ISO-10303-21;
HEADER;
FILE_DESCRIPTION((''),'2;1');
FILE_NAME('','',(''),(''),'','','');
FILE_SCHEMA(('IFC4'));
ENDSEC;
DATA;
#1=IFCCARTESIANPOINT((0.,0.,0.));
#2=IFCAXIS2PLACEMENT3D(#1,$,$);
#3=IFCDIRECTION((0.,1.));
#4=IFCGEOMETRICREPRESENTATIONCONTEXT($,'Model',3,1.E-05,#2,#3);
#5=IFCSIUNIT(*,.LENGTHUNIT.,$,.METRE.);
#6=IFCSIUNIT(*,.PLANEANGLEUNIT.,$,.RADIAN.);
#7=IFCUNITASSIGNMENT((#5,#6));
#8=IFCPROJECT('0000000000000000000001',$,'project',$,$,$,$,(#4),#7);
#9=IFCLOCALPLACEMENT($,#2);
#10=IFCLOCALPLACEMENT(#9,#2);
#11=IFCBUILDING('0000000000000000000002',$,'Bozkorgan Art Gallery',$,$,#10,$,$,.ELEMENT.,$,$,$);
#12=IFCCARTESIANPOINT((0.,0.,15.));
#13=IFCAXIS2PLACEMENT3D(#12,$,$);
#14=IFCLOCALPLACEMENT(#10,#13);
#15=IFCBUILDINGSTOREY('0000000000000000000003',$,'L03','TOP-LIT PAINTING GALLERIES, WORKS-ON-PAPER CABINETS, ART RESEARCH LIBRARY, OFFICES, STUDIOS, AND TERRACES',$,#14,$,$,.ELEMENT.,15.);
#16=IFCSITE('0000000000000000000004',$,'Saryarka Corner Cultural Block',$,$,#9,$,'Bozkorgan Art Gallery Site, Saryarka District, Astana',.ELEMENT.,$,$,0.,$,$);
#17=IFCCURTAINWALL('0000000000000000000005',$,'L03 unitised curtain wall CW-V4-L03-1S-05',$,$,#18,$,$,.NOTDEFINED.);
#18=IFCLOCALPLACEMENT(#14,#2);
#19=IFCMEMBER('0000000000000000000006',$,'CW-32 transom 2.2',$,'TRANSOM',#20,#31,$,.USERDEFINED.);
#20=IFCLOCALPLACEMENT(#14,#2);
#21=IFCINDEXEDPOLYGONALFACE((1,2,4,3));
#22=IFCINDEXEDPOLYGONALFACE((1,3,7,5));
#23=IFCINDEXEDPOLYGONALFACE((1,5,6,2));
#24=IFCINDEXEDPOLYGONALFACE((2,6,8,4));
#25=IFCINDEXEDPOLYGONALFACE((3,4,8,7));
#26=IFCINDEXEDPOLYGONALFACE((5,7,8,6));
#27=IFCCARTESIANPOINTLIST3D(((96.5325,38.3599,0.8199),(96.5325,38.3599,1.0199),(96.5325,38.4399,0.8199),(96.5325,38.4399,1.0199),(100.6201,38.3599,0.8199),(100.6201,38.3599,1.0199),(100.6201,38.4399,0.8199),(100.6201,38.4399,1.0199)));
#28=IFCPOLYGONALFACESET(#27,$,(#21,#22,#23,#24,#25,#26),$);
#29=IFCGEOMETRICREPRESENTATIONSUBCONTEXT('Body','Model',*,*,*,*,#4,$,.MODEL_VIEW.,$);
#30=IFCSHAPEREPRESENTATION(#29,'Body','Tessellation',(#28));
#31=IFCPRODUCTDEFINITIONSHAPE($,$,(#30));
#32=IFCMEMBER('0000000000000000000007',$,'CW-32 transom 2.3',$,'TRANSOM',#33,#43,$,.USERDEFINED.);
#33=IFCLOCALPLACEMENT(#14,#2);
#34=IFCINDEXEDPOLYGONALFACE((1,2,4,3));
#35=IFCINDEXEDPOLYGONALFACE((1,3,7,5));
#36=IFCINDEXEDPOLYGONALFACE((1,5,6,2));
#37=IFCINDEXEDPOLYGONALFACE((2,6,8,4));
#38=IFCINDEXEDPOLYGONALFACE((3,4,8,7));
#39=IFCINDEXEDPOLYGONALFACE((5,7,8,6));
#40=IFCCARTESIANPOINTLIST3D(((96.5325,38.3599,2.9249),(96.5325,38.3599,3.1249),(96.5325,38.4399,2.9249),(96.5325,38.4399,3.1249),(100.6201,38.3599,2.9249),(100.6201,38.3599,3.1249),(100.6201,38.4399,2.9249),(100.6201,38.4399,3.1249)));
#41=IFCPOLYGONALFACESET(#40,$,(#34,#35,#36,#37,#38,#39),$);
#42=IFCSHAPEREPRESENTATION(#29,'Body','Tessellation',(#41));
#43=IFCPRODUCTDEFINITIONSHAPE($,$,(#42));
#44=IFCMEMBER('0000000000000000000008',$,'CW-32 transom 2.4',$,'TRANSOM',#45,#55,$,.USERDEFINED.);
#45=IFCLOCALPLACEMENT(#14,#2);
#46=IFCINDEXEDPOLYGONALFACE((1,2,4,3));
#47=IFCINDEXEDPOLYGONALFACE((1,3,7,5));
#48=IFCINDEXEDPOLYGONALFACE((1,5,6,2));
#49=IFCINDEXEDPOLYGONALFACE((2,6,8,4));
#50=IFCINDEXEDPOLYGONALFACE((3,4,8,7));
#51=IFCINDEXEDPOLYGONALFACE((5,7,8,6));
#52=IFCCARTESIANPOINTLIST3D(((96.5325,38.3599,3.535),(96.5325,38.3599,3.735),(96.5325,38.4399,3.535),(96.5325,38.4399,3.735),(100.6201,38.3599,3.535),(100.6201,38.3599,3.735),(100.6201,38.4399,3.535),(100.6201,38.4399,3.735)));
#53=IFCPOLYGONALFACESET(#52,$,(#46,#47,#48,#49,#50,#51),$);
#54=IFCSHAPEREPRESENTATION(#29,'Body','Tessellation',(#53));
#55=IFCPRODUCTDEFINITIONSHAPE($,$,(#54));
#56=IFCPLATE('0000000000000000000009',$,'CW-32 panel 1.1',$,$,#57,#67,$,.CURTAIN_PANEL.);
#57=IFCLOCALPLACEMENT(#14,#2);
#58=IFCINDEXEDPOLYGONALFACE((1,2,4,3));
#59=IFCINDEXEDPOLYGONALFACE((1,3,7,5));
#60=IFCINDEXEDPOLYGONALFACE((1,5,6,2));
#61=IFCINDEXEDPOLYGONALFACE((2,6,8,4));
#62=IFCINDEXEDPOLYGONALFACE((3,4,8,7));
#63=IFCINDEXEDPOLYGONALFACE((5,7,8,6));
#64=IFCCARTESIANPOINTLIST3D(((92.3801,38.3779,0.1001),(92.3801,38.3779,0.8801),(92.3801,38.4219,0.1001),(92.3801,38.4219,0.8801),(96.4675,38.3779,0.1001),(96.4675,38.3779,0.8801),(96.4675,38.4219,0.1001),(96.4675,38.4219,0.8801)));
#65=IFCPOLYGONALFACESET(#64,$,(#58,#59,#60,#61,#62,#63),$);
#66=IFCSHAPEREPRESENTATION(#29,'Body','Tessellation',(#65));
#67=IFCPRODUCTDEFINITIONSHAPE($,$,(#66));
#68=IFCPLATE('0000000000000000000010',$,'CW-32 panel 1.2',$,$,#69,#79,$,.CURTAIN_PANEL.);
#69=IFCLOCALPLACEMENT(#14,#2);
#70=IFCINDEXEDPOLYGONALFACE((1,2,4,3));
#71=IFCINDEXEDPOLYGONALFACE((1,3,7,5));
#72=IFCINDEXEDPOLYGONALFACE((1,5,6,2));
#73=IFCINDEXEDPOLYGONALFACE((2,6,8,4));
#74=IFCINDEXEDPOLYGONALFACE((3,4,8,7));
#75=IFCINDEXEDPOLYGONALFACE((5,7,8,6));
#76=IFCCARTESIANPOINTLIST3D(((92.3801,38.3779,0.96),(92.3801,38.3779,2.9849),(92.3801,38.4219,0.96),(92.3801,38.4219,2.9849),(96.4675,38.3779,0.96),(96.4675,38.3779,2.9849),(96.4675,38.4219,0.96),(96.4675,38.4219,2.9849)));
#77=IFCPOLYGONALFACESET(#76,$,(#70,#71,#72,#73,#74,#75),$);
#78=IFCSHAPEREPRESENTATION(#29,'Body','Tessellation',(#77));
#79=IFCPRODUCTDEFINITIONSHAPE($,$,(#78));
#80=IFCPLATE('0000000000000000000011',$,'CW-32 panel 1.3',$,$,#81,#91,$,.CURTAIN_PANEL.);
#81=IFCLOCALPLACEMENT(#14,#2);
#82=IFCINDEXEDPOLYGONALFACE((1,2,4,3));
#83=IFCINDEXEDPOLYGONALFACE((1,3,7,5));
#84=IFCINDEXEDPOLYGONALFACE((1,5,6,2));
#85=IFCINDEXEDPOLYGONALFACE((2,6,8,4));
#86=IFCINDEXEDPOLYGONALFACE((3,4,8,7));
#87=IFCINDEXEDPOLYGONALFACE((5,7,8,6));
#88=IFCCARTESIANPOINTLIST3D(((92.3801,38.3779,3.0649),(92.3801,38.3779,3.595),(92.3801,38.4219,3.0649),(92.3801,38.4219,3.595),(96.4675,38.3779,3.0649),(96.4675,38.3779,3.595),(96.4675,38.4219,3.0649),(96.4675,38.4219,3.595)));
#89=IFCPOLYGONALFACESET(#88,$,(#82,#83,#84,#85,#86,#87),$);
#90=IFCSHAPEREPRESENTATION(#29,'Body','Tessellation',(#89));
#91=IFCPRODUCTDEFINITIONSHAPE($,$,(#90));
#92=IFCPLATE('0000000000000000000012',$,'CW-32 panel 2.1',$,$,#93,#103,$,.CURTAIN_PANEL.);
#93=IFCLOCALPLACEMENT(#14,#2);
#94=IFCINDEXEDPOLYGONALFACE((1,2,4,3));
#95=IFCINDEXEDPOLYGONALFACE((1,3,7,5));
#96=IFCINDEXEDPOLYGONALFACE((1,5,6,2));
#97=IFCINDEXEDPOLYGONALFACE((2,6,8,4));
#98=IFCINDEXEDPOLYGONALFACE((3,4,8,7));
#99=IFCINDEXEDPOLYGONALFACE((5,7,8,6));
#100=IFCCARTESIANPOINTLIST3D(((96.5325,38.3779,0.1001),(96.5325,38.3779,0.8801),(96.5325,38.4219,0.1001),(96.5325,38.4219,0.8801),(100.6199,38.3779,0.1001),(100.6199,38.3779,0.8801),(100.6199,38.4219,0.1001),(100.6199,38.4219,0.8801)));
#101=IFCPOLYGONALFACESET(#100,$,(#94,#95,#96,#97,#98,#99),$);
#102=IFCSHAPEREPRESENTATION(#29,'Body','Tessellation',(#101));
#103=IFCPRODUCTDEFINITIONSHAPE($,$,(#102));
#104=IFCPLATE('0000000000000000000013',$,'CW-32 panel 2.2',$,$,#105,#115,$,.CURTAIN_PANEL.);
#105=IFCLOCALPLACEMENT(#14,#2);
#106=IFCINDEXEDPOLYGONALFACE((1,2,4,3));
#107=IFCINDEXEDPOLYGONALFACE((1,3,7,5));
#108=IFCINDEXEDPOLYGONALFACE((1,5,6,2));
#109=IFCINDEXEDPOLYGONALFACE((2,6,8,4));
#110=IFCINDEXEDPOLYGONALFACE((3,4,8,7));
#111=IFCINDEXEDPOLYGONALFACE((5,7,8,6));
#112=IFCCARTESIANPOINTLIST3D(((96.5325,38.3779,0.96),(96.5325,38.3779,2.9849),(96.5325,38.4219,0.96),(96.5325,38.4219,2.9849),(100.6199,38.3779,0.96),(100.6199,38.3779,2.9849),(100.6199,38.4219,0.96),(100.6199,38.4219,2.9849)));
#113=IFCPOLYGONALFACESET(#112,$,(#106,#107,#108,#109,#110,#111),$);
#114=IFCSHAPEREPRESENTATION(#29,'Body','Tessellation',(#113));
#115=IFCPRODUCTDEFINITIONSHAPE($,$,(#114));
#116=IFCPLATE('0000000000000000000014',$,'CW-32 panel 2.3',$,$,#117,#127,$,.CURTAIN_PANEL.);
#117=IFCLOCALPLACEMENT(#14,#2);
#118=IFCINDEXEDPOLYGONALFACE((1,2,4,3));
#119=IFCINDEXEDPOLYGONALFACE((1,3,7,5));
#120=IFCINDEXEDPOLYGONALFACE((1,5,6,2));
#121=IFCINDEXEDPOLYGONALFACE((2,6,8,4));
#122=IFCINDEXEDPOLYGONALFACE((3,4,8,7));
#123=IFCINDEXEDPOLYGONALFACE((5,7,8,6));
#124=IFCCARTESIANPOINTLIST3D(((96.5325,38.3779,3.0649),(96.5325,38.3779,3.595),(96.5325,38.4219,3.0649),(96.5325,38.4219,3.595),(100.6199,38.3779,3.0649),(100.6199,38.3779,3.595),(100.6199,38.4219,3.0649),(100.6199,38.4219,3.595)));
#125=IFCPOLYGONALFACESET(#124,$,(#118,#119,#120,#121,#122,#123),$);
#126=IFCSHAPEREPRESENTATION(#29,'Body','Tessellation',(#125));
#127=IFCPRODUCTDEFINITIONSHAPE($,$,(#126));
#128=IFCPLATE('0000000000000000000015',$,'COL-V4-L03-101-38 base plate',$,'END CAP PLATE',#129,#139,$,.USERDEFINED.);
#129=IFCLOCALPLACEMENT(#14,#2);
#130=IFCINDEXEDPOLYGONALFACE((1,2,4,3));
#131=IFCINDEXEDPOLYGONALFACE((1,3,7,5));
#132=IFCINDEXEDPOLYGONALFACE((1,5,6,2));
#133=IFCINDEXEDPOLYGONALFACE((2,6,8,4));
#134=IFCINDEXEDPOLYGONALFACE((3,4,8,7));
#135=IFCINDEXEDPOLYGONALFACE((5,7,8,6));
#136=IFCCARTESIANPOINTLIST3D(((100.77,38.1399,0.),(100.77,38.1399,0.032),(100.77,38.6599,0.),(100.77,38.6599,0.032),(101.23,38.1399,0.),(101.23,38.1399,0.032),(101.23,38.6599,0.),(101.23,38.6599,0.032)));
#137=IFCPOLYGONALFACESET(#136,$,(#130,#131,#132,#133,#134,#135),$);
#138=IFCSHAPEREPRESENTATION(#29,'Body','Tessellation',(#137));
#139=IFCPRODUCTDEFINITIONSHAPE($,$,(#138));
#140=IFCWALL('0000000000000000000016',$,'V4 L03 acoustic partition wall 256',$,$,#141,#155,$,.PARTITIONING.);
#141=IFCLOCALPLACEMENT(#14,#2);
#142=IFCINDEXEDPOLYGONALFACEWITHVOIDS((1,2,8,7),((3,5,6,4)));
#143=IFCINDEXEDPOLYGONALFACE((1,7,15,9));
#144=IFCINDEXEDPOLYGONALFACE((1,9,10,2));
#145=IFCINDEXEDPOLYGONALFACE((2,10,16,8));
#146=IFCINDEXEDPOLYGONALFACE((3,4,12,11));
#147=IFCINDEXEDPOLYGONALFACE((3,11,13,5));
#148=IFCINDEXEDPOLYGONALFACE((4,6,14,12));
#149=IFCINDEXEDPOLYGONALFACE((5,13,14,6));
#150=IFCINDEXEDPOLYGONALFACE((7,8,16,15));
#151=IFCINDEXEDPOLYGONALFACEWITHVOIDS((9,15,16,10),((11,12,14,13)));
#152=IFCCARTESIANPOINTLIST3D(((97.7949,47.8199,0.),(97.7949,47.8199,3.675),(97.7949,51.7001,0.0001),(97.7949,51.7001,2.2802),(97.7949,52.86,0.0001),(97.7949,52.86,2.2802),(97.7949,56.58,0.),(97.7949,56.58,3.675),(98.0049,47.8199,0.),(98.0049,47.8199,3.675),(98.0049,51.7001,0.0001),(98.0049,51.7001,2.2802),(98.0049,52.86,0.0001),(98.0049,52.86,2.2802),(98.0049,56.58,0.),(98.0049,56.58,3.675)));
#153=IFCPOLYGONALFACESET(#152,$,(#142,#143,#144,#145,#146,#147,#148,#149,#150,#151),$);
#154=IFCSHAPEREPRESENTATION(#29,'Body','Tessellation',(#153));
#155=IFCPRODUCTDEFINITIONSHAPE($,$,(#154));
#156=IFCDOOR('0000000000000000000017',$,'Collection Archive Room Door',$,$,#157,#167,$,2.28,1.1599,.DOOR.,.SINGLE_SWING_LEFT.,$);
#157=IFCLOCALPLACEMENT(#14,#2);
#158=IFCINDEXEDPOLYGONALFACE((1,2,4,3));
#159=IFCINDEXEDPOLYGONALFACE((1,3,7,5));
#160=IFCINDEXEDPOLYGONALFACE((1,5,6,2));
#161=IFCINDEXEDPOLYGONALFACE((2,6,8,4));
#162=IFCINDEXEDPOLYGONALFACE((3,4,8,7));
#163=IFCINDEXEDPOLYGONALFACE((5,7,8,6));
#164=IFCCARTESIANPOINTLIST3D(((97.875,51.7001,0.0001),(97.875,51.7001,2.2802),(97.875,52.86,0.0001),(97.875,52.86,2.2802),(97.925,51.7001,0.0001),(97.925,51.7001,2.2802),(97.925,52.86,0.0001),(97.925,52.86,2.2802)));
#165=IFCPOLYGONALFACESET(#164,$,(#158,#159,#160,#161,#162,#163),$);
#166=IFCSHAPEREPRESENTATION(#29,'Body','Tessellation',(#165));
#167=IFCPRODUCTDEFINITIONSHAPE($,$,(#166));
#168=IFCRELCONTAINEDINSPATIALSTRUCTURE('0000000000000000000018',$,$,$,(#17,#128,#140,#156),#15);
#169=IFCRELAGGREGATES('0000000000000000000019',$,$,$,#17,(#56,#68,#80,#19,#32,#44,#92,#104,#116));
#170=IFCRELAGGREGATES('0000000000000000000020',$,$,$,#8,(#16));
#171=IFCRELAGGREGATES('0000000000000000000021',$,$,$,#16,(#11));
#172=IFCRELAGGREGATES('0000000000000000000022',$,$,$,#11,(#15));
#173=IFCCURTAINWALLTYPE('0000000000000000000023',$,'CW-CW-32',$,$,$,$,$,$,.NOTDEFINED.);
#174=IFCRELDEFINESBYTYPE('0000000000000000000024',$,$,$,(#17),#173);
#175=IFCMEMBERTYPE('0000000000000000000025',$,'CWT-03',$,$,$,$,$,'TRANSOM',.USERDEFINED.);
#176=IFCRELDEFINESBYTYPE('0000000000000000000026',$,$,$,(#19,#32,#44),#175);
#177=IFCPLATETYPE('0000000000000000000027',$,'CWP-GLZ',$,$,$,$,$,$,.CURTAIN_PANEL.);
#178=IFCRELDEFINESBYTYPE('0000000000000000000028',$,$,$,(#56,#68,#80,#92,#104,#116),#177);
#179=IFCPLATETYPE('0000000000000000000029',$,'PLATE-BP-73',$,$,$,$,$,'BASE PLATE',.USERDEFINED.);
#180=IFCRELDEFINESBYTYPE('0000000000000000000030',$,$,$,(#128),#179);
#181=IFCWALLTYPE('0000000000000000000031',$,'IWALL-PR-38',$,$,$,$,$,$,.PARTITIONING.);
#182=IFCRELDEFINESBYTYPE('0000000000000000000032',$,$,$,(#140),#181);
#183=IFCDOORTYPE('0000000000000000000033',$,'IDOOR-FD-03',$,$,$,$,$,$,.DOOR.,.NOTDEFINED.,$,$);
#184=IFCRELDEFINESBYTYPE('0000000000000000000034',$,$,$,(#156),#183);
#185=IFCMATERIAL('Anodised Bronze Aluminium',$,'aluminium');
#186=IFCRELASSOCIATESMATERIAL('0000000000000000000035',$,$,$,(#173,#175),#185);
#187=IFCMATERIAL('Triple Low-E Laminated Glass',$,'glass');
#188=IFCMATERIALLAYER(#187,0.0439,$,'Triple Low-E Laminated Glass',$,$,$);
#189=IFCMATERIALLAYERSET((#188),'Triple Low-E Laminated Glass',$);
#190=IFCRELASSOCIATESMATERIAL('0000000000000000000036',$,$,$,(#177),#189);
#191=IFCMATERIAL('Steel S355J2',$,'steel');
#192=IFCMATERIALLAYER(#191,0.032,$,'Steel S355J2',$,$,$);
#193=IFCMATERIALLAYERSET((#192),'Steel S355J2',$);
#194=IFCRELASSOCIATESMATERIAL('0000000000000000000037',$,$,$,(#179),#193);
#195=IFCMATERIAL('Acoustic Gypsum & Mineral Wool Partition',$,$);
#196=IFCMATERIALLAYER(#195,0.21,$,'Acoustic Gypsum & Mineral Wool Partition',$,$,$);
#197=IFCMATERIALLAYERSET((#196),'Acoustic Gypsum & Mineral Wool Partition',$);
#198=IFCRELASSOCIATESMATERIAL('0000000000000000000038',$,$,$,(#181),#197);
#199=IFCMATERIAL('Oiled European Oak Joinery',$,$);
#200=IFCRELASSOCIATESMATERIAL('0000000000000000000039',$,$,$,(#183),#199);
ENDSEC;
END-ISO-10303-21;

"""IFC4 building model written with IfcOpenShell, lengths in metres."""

from ifc_helpers import new_model, si_unit, direction, frame, frame_2d, origin, origin_2d, place, context, subcontext, project, spatial, rectangle, extrude, material, layer, layer_set, material_profile, profile_set, type_object, element, fill, aggregate, save


model = new_model("IFC4")

# Units and contexts
model_context = context("Model", 3, precision=1e-05, world=origin(), true_north=direction((0.0, 1.0)))
body_context = subcontext(model_context, "Body", "Model", "MODEL_VIEW")
ifc_project = project(units=[si_unit("LENGTHUNIT", "METRE"), si_unit("PLANEANGLEUNIT", "RADIAN")], contexts=[model_context])

# Site, building, storey
site_placement = place(None, origin())
site = spatial("IfcSite", under=ifc_project, at=site_placement, Name="Saryarka Corner Cultural Block", LongName="Bozkorgan Art Gallery Site, Saryarka District, Astana", CompositionType="ELEMENT", RefElevation=0.0)
building_placement = place(site_placement, origin())
building = spatial("IfcBuilding", under=site, at=building_placement, Name="Bozkorgan Art Gallery", CompositionType="ELEMENT")
storey_placement = place(building_placement, frame((0.0, 0.0, 15.0)))
storey = spatial("IfcBuildingStorey", under=building, at=storey_placement, Name="L03", Description="TOP-LIT PAINTING GALLERIES, WORKS-ON-PAPER CABINETS, ART RESEARCH LIBRARY, OFFICES, STUDIOS, AND TERRACES", CompositionType="ELEMENT", Elevation=15.0)

# Shared definitions
ifc_material_1 = material(Name="Steel S355J2", Category="steel")

# Curtain wall
ifc_material_2 = material(Name="Anodised Bronze Aluminium", Category="aluminium")
curtain_wall_type_1 = type_object("IfcCurtainWallType", Name="CW-CW-32", PredefinedType="NOTDEFINED", material=ifc_material_2)
curtain_wall_1_placement = place(storey_placement, origin())
curtain_wall_1 = element("IfcCurtainWall", 1, at=curtain_wall_1_placement, inside=storey, type_object=curtain_wall_type_1, Name="L03 unitised curtain wall CW-V4-L03-1S-05", PredefinedType="NOTDEFINED")

# Members
ifc_material_profile_1 = material_profile(ifc_material_2, rectangle(XDim=0.0801, YDim=0.2, at=origin_2d()), Name="ALU TRANSOM 80x200")
ifc_profile_set_1 = profile_set([ifc_material_profile_1], Name="Anodised Bronze Aluminium")
member_type_1 = type_object("IfcMemberType", Name="CWT-03", ElementType="TRANSOM", PredefinedType="USERDEFINED", material=ifc_profile_set_1)
member_1_placement = place(storey_placement, frame((96.5325, 38.3999, 0.9199), z_axis=(1.0, 0.0, 0.0), x_axis=(0.0, 1.0, 0.0)))
member_1 = element("IfcMember", 2, at=member_1_placement, type_object=member_type_1, Name="CW-32 transom 2.2", ObjectType="TRANSOM", PredefinedType="USERDEFINED", context=body_context, shape_type="SweptSolid", body=[
    extrude(rectangle(XDim=0.0801, YDim=0.2, at=origin_2d()), origin(), (0.0, 0.0, 1.0), 4.0876),
])
member_2_placement = place(storey_placement, frame((96.5325, 38.3999, 3.0249), z_axis=(1.0, 0.0, 0.0), x_axis=(0.0, 1.0, 0.0)))
member_2 = element("IfcMember", 3, at=member_2_placement, type_object=member_type_1, Name="CW-32 transom 2.3", ObjectType="TRANSOM", PredefinedType="USERDEFINED", context=body_context, shape_type="SweptSolid", body=[
    extrude(rectangle(XDim=0.0801, YDim=0.2, at=origin_2d()), origin(), (0.0, 0.0, 1.0), 4.0876),
])
member_3_placement = place(storey_placement, frame((96.5325, 38.3999, 3.635), z_axis=(1.0, 0.0, 0.0), x_axis=(0.0, 1.0, 0.0)))
member_3 = element("IfcMember", 4, at=member_3_placement, type_object=member_type_1, Name="CW-32 transom 2.4", ObjectType="TRANSOM", PredefinedType="USERDEFINED", context=body_context, shape_type="SweptSolid", body=[
    extrude(rectangle(XDim=0.0801, YDim=0.2, at=origin_2d()), origin(), (0.0, 0.0, 1.0), 4.0876),
])

# Plates
ifc_material_3 = material(Name="Triple Low-E Laminated Glass", Category="glass")
ifc_layer_1 = layer(ifc_material_3, 0.0439, Name="Triple Low-E Laminated Glass")
ifc_layer_set_1 = layer_set([ifc_layer_1], Name="Triple Low-E Laminated Glass")
plate_type_1 = type_object("IfcPlateType", Name="CWP-GLZ", PredefinedType="CURTAIN_PANEL", material=ifc_layer_set_1)
plate_1_placement = place(storey_placement, frame((94.4238, 38.3999, 0.1001), z_axis=(0.0, 0.0, 1.0), x_axis=(1.0, 0.0, 0.0)))
plate_1 = element("IfcPlate", 5, at=plate_1_placement, type_object=plate_type_1, Name="CW-32 panel 1.1", PredefinedType="CURTAIN_PANEL", context=body_context, shape_type="SweptSolid", body=[
    extrude(rectangle(XDim=4.0874, YDim=0.0439, at=origin_2d()), origin(), (0.0, 0.0, 1.0), 0.78),
])
plate_2_placement = place(storey_placement, frame((94.4238, 38.3999, 0.96), z_axis=(0.0, 0.0, 1.0), x_axis=(1.0, 0.0, 0.0)))
plate_2 = element("IfcPlate", 6, at=plate_2_placement, type_object=plate_type_1, Name="CW-32 panel 1.2", PredefinedType="CURTAIN_PANEL", context=body_context, shape_type="SweptSolid", body=[
    extrude(rectangle(XDim=4.0874, YDim=0.0439, at=origin_2d()), origin(), (0.0, 0.0, 1.0), 2.0249),
])
plate_3_placement = place(storey_placement, frame((94.4238, 38.3999, 3.0649), z_axis=(0.0, 0.0, 1.0), x_axis=(1.0, 0.0, 0.0)))
plate_3 = element("IfcPlate", 7, at=plate_3_placement, type_object=plate_type_1, Name="CW-32 panel 1.3", PredefinedType="CURTAIN_PANEL", context=body_context, shape_type="SweptSolid", body=[
    extrude(rectangle(XDim=4.0874, YDim=0.0439, at=origin_2d()), origin(), (0.0, 0.0, 1.0), 0.53),
])
plate_4_placement = place(storey_placement, frame((98.5762, 38.3999, 0.1001), z_axis=(0.0, 0.0, 1.0), x_axis=(1.0, 0.0, 0.0)))
plate_4 = element("IfcPlate", 8, at=plate_4_placement, type_object=plate_type_1, Name="CW-32 panel 2.1", PredefinedType="CURTAIN_PANEL", context=body_context, shape_type="SweptSolid", body=[
    extrude(rectangle(XDim=4.0874, YDim=0.0439, at=origin_2d()), origin(), (0.0, 0.0, 1.0), 0.78),
])
plate_5_placement = place(storey_placement, frame((98.5762, 38.3999, 0.96), z_axis=(0.0, 0.0, 1.0), x_axis=(1.0, 0.0, 0.0)))
plate_5 = element("IfcPlate", 9, at=plate_5_placement, type_object=plate_type_1, Name="CW-32 panel 2.2", PredefinedType="CURTAIN_PANEL", context=body_context, shape_type="SweptSolid", body=[
    extrude(rectangle(XDim=4.0874, YDim=0.0439, at=origin_2d()), origin(), (0.0, 0.0, 1.0), 2.0249),
])
plate_6_placement = place(storey_placement, frame((98.5762, 38.3999, 3.0649), z_axis=(0.0, 0.0, 1.0), x_axis=(1.0, 0.0, 0.0)))
plate_6 = element("IfcPlate", 10, at=plate_6_placement, type_object=plate_type_1, Name="CW-32 panel 2.3", PredefinedType="CURTAIN_PANEL", context=body_context, shape_type="SweptSolid", body=[
    extrude(rectangle(XDim=4.0874, YDim=0.0439, at=origin_2d()), origin(), (0.0, 0.0, 1.0), 0.53),
])
aggregate(curtain_wall_1, [plate_1, plate_2, plate_3, member_1, member_2, member_3, plate_4, plate_5, plate_6])
ifc_layer_2 = layer(ifc_material_1, 0.032, Name="Steel S355J2")
ifc_layer_set_2 = layer_set([ifc_layer_2], Name="Steel S355J2")
plate_type_2 = type_object("IfcPlateType", Name="PLATE-BP-73", ElementType="BASE PLATE", PredefinedType="USERDEFINED", material=ifc_layer_set_2)
plate_7_placement = place(storey_placement, frame((101.0, 38.3999, 0.0), z_axis=(0.0, 0.0, 1.0), x_axis=(1.0, 0.0, 0.0)))
element("IfcPlate", 11, at=plate_7_placement, inside=storey, type_object=plate_type_2, Name="COL-V4-L03-101-38 base plate", ObjectType="END CAP PLATE", PredefinedType="USERDEFINED", context=body_context, shape_type="SweptSolid", body=[
    extrude(rectangle(XDim=0.46, YDim=0.52, at=origin_2d()), origin(), (0.0, 0.0, 1.0), 0.032),
])

# Wall, opening, door
ifc_material_4 = material(Name="Acoustic Gypsum & Mineral Wool Partition")
ifc_layer_3 = layer(ifc_material_4, 0.21, Name="Acoustic Gypsum & Mineral Wool Partition")
ifc_layer_set_3 = layer_set([ifc_layer_3], Name="Acoustic Gypsum & Mineral Wool Partition")
wall_type_1 = type_object("IfcWallType", Name="IWALL-PR-38", PredefinedType="PARTITIONING", material=ifc_layer_set_3)
wall_1_placement = place(storey_placement, frame((97.8999, 47.8201, 0.0), z_axis=(0.0, 0.0, 1.0), x_axis=(0.0, 1.0, 0.0)))
wall_1 = element("IfcWall", 12, at=wall_1_placement, inside=storey, type_object=wall_type_1, Name="V4 L03 acoustic partition wall 256", PredefinedType="PARTITIONING", context=body_context, shape_type="SweptSolid", body=[
    extrude(rectangle(XDim=8.76, YDim=0.21, at=frame_2d((4.3799, 0.0))), origin(), (0.0, 0.0, 1.0), 3.675),
])
opening_1_placement = place(wall_1_placement, frame((3.8799, 0.0, 0.0)))
opening_1 = element("IfcOpeningElement", 13, at=opening_1_placement, cuts=wall_1, PredefinedType="OPENING", context=body_context, shape_type="SweptSolid", body=[
    extrude(rectangle(XDim=1.1599, YDim=2.28, at=frame_2d((0.5801, 1.1401))), frame((0.0, 0.115, 0.0), z_axis=(0.0, -1.0, 0.0), x_axis=(1.0, 0.0, 0.0)), (0.0, 0.0, 1.0), 0.23),
])
ifc_material_5 = material(Name="Oiled European Oak Joinery")
door_type_1 = type_object("IfcDoorType", Name="IDOOR-FD-03", OperationType="NOTDEFINED", PredefinedType="DOOR", material=ifc_material_5)
door_1_placement = place(opening_1_placement, origin())
door_1 = element("IfcDoor", 14, at=door_1_placement, inside=storey, type_object=door_type_1, Name="Collection Archive Room Door", OperationType="SINGLE_SWING_LEFT", OverallHeight=2.28, OverallWidth=1.1599, PredefinedType="DOOR", context=body_context, shape_type="SweptSolid", body=[
    extrude(rectangle(XDim=1.1599, YDim=2.28, at=frame_2d((0.5801, 1.1401))), frame((0.0, 0.0249, 0.0), z_axis=(0.0, -1.0, 0.0), x_axis=(1.0, 0.0, 0.0)), (0.0, 0.0, 1.0), 0.05),
])
fill(opening_1, door_1)

save(model, "model.ifc")
